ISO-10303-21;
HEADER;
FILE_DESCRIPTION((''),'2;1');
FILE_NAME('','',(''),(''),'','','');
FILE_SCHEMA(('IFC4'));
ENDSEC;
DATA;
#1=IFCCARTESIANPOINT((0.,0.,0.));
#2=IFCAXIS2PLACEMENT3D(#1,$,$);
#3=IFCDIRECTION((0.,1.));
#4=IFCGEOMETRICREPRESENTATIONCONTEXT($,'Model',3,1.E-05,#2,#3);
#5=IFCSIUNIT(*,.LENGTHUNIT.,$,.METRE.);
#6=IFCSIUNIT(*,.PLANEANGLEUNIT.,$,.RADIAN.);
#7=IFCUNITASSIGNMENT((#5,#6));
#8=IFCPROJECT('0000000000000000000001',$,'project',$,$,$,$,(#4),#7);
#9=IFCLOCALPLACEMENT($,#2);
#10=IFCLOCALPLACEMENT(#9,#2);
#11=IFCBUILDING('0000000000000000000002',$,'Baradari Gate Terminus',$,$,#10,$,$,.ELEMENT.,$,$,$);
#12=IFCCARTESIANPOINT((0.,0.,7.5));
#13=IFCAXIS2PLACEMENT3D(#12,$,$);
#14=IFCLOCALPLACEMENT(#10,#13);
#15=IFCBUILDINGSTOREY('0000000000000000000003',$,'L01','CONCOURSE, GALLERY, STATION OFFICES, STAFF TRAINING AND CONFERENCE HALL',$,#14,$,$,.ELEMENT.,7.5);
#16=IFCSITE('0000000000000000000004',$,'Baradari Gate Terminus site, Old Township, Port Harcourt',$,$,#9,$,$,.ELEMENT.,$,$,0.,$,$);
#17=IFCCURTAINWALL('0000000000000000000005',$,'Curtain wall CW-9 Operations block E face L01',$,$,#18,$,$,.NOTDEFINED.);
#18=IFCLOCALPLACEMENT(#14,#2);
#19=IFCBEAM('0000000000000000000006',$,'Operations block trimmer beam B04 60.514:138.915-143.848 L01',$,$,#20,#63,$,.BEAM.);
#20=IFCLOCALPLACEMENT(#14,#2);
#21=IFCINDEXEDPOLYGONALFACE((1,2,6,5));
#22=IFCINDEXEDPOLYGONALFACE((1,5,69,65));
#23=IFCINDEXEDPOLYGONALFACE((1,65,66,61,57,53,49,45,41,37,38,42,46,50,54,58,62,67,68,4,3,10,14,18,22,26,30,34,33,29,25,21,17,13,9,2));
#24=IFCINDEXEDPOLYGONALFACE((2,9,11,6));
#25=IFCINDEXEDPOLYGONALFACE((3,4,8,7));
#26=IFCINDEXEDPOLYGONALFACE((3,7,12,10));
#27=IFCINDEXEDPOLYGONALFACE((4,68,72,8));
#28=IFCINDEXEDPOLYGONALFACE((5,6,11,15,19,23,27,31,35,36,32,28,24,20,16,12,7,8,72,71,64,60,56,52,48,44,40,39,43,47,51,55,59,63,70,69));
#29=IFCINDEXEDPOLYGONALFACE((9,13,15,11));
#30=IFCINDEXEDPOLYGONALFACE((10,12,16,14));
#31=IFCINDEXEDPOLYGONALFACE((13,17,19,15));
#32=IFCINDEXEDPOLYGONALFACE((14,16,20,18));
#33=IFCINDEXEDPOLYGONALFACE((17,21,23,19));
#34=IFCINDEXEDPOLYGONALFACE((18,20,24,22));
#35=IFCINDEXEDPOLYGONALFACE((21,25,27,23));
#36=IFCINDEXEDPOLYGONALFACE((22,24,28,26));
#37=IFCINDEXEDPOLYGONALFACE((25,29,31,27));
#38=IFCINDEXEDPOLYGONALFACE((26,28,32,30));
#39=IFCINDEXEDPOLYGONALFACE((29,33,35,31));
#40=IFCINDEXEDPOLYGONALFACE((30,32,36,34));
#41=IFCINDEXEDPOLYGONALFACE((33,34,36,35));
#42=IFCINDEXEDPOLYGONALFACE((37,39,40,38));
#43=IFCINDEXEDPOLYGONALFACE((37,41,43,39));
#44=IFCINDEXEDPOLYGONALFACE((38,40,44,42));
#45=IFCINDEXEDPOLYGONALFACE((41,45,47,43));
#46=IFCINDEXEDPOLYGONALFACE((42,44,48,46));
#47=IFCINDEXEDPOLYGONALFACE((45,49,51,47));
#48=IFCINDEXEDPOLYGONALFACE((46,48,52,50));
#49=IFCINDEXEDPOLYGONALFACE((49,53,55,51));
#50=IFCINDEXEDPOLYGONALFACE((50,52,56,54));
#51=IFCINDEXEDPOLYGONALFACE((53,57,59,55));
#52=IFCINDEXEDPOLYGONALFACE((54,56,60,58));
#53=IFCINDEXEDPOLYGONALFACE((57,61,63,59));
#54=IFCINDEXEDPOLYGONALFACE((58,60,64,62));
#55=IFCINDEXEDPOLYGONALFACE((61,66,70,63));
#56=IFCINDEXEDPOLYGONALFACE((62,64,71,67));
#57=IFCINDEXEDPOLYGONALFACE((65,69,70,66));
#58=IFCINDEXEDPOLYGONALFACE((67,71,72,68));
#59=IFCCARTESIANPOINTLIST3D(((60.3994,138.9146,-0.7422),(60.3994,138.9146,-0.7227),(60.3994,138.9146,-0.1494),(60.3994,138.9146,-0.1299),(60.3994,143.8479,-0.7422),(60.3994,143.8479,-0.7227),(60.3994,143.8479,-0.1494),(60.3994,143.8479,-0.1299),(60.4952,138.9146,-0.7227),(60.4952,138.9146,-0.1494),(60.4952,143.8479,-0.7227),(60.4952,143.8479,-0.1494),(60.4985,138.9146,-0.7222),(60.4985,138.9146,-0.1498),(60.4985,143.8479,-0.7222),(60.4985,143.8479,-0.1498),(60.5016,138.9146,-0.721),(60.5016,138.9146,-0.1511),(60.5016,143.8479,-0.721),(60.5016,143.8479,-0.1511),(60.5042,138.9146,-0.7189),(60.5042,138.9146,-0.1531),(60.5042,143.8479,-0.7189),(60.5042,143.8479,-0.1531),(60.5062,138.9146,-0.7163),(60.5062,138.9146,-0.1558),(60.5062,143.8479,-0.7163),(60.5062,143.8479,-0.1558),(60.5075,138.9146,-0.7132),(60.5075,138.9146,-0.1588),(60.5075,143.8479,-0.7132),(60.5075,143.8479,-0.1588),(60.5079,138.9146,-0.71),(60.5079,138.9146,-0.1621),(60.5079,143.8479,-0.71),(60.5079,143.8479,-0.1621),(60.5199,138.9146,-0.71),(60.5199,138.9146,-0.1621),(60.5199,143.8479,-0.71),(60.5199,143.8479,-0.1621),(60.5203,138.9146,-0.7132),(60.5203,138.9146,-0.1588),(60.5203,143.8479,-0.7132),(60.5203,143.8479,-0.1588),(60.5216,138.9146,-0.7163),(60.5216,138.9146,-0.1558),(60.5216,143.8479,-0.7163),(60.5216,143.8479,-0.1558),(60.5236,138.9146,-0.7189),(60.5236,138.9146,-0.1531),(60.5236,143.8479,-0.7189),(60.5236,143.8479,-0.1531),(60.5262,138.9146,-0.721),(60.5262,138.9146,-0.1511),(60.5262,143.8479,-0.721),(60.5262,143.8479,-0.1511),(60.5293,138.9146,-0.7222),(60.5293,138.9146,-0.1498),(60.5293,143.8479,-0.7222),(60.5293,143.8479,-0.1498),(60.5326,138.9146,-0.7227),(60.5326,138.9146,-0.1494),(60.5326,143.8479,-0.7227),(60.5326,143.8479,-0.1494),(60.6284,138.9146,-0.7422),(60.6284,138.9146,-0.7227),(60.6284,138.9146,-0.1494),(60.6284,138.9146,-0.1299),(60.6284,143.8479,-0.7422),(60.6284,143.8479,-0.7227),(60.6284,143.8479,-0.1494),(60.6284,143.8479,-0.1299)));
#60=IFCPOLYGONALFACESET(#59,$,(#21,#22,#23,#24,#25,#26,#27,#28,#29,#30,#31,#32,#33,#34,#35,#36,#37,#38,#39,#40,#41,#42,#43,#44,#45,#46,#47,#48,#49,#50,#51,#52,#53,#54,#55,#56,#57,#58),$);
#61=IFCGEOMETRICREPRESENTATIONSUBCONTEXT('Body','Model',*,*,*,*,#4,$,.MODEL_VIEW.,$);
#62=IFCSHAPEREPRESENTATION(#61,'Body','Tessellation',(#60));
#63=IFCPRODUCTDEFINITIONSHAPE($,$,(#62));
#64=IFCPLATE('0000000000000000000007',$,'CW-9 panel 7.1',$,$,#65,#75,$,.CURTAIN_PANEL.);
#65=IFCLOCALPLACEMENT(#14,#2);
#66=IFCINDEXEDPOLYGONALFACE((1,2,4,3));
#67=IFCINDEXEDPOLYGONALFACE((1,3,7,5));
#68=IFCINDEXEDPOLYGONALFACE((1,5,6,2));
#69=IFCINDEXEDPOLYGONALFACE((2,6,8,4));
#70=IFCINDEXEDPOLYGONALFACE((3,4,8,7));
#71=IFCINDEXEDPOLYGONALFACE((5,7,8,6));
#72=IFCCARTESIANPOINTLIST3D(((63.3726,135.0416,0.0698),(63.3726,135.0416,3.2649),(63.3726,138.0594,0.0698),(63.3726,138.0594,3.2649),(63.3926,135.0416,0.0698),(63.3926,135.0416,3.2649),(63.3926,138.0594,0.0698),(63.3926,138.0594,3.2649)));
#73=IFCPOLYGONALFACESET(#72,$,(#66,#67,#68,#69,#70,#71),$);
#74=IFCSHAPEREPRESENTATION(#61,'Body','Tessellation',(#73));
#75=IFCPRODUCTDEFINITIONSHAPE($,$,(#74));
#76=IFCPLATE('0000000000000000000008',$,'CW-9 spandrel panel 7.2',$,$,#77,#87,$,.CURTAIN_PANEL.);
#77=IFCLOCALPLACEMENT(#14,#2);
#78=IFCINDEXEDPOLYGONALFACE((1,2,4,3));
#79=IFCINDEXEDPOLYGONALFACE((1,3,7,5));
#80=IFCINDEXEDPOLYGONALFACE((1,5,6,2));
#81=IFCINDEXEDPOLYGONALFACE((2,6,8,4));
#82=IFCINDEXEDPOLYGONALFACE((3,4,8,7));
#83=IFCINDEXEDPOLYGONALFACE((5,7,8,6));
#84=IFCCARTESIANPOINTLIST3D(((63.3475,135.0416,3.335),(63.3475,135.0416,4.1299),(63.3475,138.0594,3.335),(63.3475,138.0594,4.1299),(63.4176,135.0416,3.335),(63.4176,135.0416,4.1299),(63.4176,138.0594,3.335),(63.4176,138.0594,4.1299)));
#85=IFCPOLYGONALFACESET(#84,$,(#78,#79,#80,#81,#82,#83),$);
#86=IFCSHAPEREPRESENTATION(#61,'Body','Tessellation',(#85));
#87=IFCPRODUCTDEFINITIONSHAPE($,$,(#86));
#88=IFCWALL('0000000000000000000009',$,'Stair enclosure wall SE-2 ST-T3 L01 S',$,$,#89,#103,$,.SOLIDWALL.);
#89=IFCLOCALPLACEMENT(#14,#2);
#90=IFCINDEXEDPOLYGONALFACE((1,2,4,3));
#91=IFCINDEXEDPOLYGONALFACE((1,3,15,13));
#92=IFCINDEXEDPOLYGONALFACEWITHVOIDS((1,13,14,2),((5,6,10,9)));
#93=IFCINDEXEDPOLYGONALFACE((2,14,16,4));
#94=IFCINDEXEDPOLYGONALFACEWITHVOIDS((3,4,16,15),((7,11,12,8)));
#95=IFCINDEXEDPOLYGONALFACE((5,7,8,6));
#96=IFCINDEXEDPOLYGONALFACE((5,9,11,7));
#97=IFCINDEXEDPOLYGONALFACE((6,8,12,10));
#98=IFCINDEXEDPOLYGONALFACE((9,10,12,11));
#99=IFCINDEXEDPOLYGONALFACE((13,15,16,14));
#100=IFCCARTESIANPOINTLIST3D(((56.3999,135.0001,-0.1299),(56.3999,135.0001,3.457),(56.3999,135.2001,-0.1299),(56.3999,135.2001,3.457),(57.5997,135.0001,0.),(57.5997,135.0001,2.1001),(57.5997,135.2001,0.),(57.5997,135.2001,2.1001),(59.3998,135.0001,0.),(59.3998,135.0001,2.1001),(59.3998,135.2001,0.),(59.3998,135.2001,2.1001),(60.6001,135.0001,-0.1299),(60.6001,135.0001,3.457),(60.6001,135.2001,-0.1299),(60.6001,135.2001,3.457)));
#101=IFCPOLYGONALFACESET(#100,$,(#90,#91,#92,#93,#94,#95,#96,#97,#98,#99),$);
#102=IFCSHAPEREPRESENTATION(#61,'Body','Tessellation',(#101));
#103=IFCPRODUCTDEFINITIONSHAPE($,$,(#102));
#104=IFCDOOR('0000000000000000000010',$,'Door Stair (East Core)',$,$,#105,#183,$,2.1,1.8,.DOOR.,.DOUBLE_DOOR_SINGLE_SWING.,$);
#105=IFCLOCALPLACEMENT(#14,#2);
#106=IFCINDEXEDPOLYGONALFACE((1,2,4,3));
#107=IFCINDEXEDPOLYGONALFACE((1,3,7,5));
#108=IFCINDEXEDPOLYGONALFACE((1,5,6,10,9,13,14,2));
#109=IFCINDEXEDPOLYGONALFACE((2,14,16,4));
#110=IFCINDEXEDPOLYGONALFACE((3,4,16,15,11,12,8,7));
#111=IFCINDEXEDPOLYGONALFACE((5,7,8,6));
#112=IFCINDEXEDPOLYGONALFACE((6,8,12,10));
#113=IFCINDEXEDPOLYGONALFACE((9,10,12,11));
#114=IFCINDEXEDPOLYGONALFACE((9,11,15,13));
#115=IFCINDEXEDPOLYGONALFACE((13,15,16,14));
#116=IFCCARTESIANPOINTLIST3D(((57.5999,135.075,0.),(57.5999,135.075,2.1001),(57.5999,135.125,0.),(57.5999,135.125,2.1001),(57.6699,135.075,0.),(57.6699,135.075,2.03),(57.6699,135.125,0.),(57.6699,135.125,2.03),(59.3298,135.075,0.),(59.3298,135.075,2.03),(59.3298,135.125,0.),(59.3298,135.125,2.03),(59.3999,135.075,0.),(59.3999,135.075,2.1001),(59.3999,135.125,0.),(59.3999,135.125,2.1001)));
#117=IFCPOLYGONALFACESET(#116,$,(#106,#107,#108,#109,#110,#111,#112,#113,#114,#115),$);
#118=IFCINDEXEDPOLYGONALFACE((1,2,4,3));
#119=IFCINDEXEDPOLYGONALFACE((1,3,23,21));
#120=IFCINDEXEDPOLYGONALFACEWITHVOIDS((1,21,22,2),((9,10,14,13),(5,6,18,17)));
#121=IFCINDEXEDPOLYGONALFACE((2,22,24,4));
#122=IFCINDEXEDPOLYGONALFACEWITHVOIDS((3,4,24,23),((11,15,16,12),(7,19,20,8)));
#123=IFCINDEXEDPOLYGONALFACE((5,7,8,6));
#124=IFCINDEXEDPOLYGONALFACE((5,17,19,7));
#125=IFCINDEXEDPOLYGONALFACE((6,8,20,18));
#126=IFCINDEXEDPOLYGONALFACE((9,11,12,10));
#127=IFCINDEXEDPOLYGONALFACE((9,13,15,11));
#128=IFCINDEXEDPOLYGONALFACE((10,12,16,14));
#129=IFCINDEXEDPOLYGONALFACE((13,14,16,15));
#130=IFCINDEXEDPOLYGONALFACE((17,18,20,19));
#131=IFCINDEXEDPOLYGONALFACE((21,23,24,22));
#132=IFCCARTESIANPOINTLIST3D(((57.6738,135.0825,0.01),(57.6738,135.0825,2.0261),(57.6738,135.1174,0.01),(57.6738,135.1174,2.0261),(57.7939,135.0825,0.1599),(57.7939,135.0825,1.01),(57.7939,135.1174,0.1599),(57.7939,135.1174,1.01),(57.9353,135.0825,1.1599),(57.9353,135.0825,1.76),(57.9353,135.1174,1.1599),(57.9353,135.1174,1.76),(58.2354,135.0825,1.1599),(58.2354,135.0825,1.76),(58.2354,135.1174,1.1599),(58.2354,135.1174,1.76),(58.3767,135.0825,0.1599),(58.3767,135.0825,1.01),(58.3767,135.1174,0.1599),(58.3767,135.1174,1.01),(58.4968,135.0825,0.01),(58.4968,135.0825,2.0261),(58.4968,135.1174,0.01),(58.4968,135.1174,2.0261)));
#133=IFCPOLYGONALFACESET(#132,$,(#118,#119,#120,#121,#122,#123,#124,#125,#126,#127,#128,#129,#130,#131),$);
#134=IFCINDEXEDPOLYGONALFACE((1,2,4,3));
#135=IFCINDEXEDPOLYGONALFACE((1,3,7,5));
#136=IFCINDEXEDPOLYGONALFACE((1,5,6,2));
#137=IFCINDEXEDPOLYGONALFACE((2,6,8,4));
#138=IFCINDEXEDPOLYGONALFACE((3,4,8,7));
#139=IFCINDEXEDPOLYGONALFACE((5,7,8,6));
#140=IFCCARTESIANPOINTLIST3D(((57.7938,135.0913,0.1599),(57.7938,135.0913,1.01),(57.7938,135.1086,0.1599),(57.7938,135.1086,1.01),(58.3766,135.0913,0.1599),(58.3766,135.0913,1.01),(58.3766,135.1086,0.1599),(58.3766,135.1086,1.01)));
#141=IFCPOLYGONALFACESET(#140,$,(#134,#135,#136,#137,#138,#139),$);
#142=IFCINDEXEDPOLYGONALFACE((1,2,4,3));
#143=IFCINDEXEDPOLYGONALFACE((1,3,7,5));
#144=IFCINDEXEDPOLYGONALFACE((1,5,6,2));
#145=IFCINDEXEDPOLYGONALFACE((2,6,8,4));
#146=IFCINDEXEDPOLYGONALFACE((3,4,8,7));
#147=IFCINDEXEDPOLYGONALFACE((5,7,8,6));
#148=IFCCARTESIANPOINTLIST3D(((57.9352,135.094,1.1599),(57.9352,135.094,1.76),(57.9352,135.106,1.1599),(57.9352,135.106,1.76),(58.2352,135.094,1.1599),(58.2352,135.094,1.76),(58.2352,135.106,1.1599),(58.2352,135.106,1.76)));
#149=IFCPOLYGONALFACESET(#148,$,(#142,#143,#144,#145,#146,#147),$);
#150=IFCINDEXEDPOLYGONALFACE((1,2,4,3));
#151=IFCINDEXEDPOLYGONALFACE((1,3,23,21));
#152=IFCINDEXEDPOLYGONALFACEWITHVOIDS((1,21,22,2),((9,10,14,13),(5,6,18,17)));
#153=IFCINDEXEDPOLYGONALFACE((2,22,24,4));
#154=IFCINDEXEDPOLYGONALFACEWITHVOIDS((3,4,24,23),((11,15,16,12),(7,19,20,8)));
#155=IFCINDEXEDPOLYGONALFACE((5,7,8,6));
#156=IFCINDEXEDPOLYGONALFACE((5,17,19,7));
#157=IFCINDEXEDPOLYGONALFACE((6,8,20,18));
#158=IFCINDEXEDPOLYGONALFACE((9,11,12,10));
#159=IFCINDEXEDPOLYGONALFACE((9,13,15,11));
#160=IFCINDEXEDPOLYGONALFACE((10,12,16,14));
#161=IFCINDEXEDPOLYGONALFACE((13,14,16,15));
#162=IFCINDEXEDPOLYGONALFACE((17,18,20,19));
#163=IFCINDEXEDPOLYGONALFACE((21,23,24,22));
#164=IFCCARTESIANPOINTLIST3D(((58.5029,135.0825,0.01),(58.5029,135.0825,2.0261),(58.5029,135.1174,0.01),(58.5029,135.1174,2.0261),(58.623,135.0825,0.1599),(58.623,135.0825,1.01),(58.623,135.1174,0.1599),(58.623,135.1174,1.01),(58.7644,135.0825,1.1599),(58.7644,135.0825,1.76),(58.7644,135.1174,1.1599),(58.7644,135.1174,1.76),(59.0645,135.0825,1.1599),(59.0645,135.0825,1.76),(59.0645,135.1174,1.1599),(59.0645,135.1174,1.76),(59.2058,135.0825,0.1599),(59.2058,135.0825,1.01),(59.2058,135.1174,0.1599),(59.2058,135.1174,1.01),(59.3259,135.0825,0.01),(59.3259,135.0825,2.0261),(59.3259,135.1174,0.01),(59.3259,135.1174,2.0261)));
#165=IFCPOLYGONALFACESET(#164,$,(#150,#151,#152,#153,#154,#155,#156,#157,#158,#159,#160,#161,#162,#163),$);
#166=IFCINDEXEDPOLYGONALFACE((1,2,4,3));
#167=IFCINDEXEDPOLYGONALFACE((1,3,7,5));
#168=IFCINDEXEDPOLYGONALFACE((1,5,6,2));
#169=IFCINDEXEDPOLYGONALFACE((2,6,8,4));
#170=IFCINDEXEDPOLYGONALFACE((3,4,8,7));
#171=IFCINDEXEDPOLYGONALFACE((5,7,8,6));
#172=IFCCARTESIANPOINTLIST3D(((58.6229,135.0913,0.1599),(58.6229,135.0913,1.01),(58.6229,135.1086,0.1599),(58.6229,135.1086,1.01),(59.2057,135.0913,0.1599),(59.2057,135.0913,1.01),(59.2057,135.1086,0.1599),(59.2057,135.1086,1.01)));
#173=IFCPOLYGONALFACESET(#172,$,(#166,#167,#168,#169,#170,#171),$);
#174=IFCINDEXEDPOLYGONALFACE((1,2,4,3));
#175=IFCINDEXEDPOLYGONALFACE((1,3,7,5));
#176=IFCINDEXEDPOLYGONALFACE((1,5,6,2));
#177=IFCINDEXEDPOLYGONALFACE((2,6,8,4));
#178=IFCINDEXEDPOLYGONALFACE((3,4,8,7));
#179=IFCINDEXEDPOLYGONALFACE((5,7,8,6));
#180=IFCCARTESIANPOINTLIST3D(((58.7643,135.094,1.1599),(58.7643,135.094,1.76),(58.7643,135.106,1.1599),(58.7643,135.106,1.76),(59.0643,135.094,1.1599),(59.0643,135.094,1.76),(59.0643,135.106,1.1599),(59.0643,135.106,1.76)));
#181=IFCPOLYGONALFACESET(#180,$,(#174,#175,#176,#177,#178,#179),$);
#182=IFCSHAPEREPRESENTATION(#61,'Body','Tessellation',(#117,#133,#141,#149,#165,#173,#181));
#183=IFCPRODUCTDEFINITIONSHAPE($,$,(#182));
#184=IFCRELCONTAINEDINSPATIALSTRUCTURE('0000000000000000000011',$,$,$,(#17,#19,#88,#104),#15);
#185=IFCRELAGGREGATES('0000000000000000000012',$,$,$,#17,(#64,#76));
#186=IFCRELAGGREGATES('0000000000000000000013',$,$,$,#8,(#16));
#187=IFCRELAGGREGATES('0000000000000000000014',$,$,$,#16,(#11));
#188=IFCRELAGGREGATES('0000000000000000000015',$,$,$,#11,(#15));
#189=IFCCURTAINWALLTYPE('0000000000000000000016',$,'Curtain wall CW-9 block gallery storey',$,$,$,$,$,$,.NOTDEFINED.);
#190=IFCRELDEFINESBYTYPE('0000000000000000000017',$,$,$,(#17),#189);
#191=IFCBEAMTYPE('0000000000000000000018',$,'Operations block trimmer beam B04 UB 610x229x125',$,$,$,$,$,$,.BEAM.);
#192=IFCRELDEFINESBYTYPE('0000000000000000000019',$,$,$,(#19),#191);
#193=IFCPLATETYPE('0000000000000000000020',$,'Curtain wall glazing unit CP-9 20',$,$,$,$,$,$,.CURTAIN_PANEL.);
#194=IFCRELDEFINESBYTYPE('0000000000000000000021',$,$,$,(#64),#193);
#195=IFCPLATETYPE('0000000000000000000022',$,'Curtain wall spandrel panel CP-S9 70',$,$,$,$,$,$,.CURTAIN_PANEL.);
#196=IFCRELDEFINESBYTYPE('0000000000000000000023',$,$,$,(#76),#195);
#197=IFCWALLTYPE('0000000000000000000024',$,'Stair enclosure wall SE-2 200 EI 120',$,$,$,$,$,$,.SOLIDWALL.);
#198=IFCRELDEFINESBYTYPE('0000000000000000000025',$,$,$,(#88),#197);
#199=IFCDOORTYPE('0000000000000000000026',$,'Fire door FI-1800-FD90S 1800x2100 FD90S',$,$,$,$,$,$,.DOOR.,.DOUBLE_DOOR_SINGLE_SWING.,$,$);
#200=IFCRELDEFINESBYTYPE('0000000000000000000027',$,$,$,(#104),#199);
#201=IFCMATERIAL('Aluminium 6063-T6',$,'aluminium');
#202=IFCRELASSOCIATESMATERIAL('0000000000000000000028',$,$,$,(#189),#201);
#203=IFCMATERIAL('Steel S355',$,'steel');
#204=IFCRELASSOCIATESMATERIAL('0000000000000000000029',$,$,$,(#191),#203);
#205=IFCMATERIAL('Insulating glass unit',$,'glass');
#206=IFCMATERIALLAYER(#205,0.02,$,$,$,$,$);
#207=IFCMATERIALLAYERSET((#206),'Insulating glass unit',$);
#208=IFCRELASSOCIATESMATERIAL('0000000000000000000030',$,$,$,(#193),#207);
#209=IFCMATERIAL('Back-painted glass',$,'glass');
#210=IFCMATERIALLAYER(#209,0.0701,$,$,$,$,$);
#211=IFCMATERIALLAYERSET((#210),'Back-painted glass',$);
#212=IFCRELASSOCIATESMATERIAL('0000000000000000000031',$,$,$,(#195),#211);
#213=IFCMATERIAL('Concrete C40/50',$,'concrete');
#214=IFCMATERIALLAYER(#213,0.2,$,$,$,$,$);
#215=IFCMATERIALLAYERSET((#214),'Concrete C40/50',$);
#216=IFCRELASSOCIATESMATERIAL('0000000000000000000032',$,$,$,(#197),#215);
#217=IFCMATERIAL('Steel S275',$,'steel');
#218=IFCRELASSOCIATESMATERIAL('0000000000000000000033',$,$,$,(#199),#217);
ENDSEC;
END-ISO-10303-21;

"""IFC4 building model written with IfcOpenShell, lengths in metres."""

from ifc_helpers import new_model, si_unit, direction, frame, frame_2d, origin, origin_2d, place, context, subcontext, project, spatial, polyline, rectangle, i_section, outline, extrude, material, layer, layer_set, material_profile, profile_set, type_object, element, fill, aggregate, save


model = new_model("IFC4")

# Units and contexts
model_context = context("Model", 3, precision=1e-05, world=origin(), true_north=direction((0.0, 1.0)))
body_context = subcontext(model_context, "Body", "Model", "MODEL_VIEW")
ifc_project = project(units=[si_unit("LENGTHUNIT", "METRE"), si_unit("PLANEANGLEUNIT", "RADIAN")], contexts=[model_context])

# Site, building, storey
site_placement = place(None, origin())
site = spatial("IfcSite", under=ifc_project, at=site_placement, Name="Baradari Gate Terminus site, Old Township, Port Harcourt", CompositionType="ELEMENT", RefElevation=0.0)
building_placement = place(site_placement, origin())
building = spatial("IfcBuilding", under=site, at=building_placement, Name="Baradari Gate Terminus", CompositionType="ELEMENT")
storey_placement = place(building_placement, frame((0.0, 0.0, 7.5)))
storey = spatial("IfcBuildingStorey", under=building, at=storey_placement, Name="L01", Description="CONCOURSE, GALLERY, STATION OFFICES, STAFF TRAINING AND CONFERENCE HALL", CompositionType="ELEMENT", Elevation=7.5)

# Curtain wall
ifc_material_1 = material(Name="Aluminium 6063-T6", Category="aluminium")
curtain_wall_type = type_object("IfcCurtainWallType", Name="Curtain wall CW-9 block gallery storey", PredefinedType="NOTDEFINED", material=ifc_material_1)
curtain_wall_placement = place(storey_placement, origin())
curtain_wall = element("IfcCurtainWall", 1, at=curtain_wall_placement, inside=storey, type_object=curtain_wall_type, Name="Curtain wall CW-9 Operations block E face L01", PredefinedType="NOTDEFINED")

# Beam
ifc_material_2 = material(Name="Steel S355", Category="steel")
ifc_material_profile_1 = material_profile(ifc_material_2, i_section(OverallWidth=0.229, OverallDepth=0.6123, WebThickness=0.012, FlangeThickness=0.0195, FilletRadius=0.0127, at=origin_2d()), Name="UB 610x229x125")
ifc_profile_set_1 = profile_set([ifc_material_profile_1], Name="Steel S355")
beam_type_1 = type_object("IfcBeamType", Name="Operations block trimmer beam B04 UB 610x229x125", PredefinedType="BEAM", material=ifc_profile_set_1)
beam_1_placement = place(storey_placement, frame((60.5139, 138.9146, -0.436), z_axis=(0.0, 1.0, 0.0), x_axis=(-1.0, 0.0, 0.0)))
element("IfcBeam", 2, at=beam_1_placement, inside=storey, type_object=beam_type_1, Name="Operations block trimmer beam B04 60.514:138.915-143.848 L01", PredefinedType="BEAM", context=body_context, shape_type="SweptSolid", body=[
    extrude(i_section(OverallWidth=0.229, OverallDepth=0.6123, WebThickness=0.012, FlangeThickness=0.0195, FilletRadius=0.0127, at=origin_2d()), origin(), (0.0, 0.0, 1.0), 4.9333),
])

# Plates
ifc_material_3 = material(Name="Insulating glass unit", Category="glass")
ifc_layer_1 = layer(ifc_material_3, 0.02)
ifc_layer_set_1 = layer_set([ifc_layer_1], Name="Insulating glass unit")
plate_type_1 = type_object("IfcPlateType", Name="Curtain wall glazing unit CP-9 20", PredefinedType="CURTAIN_PANEL", material=ifc_layer_set_1)
plate_1_placement = place(storey_placement, frame((63.3826, 136.5505, 0.0698), z_axis=(0.0, 0.0, 1.0), x_axis=(0.0, 1.0, 0.0)))
plate_1 = element("IfcPlate", 3, at=plate_1_placement, type_object=plate_type_1, Name="CW-9 panel 7.1", PredefinedType="CURTAIN_PANEL", context=body_context, shape_type="SweptSolid", body=[
    extrude(rectangle(XDim=3.0178, YDim=0.02, at=origin_2d()), origin(), (0.0, 0.0, 1.0), 3.1951),
])
ifc_material_4 = material(Name="Back-painted glass", Category="glass")
ifc_layer_2 = layer(ifc_material_4, 0.0701)
ifc_layer_set_2 = layer_set([ifc_layer_2], Name="Back-painted glass")
plate_type_2 = type_object("IfcPlateType", Name="Curtain wall spandrel panel CP-S9 70", PredefinedType="CURTAIN_PANEL", material=ifc_layer_set_2)
plate_2_placement = place(storey_placement, frame((63.3826, 136.5505, 3.335), z_axis=(0.0, 0.0, 1.0), x_axis=(0.0, 1.0, 0.0)))
plate_2 = element("IfcPlate", 4, at=plate_2_placement, type_object=plate_type_2, Name="CW-9 spandrel panel 7.2", PredefinedType="CURTAIN_PANEL", context=body_context, shape_type="SweptSolid", body=[
    extrude(rectangle(XDim=3.0178, YDim=0.0701, at=origin_2d()), origin(), (0.0, 0.0, 1.0), 0.7949),
])
aggregate(curtain_wall, [plate_1, plate_2])

# Wall, opening, door
ifc_material_5 = material(Name="Concrete C40/50", Category="concrete")
ifc_layer_3 = layer(ifc_material_5, 0.2)
ifc_layer_set_3 = layer_set([ifc_layer_3], Name="Concrete C40/50")
wall_type = type_object("IfcWallType", Name="Stair enclosure wall SE-2 200 EI 120", PredefinedType="SOLIDWALL", material=ifc_layer_set_3)
wall_1_placement = place(storey_placement, frame((56.3999, 135.1001, -0.1299), z_axis=(0.0, 0.0, 1.0), x_axis=(1.0, 0.0, 0.0)))
wall_1 = element("IfcWall", 5, at=wall_1_placement, inside=storey, type_object=wall_type, Name="Stair enclosure wall SE-2 ST-T3 L01 S", PredefinedType="SOLIDWALL", context=body_context, shape_type="SweptSolid", body=[
    extrude(rectangle(XDim=4.2002, YDim=0.2, at=frame_2d((2.1001, 0.0))), origin(), (0.0, 0.0, 1.0), 3.5869),
])
opening_1_placement = place(wall_1_placement, frame((1.2, 0.0, 0.1299)))
opening_1 = element("IfcOpeningElement", 6, at=opening_1_placement, cuts=wall_1, PredefinedType="OPENING", context=body_context, shape_type="SweptSolid", body=[
    extrude(rectangle(XDim=1.8, YDim=2.1001, at=frame_2d((0.8999, 1.05))), frame((0.0, 0.1099, 0.0), z_axis=(0.0, -1.0, 0.0), x_axis=(1.0, 0.0, 0.0)), (0.0, 0.0, 1.0), 0.22),
])
ifc_material_6 = material(Name="Steel S275", Category="steel")
door_type = type_object("IfcDoorType", Name="Fire door FI-1800-FD90S 1800x2100 FD90S", OperationType="DOUBLE_DOOR_SINGLE_SWING", PredefinedType="DOOR", material=ifc_material_6)
door_1_placement = place(opening_1_placement, origin())
door_1 = element("IfcDoor", 7, at=door_1_placement, inside=storey, type_object=door_type, Name="Door Stair (East Core)", OperationType="DOUBLE_DOOR_SINGLE_SWING", OverallHeight=2.1, OverallWidth=1.8, PredefinedType="DOOR", context=body_context, shape_type="SweptSolid", body=[
    extrude(outline(polyline([(0.0, 0.0), (0.0701, 0.0), (0.0701, 2.03), (1.73, 2.03), (1.73, 0.0), (1.8, 0.0), (1.8, 2.1001), (0.0, 2.1001), (0.0, 0.0)])), frame((0.0, 0.0249, 0.0), z_axis=(0.0, -1.0, 0.0), x_axis=(1.0, 0.0, 0.0)), (0.0, 0.0, 1.0), 0.05),
    extrude(outline(polyline([(0.074, 0.01), (0.897, 0.01), (0.897, 2.0261), (0.074, 2.0261), (0.074, 0.01)]), holes=[polyline([(0.1941, 0.1599), (0.7769, 0.1599), (0.7769, 1.01), (0.1941, 1.01), (0.1941, 0.1599)]), polyline([(0.3354, 1.1599), (0.6355, 1.1599), (0.6355, 1.76), (0.3354, 1.76), (0.3354, 1.1599)])]), frame((0.0, 0.0173, 0.0), z_axis=(0.0, -1.0, 0.0), x_axis=(1.0, 0.0, 0.0)), (0.0, 0.0, 1.0), 0.0349),
    extrude(rectangle(XDim=0.5828, YDim=0.8501, at=frame_2d((0.4854, 0.585))), frame((0.0, 0.0085, 0.0), z_axis=(0.0, -1.0, 0.0), x_axis=(1.0, 0.0, 0.0)), (0.0, 0.0, 1.0), 0.0173),
    extrude(rectangle(XDim=0.3, YDim=0.6001, at=frame_2d((0.4854, 1.46))), frame((0.0, 0.0059, 0.0), z_axis=(0.0, -1.0, 0.0), x_axis=(1.0, 0.0, 0.0)), (0.0, 0.0, 1.0), 0.012),
    extrude(outline(polyline([(0.9031, 0.01), (1.7261, 0.01), (1.7261, 2.0261), (0.9031, 2.0261), (0.9031, 0.01)]), holes=[polyline([(1.0232, 0.1599), (1.606, 0.1599), (1.606, 1.01), (1.0232, 1.01), (1.0232, 0.1599)]), polyline([(1.1646, 1.1599), (1.4646, 1.1599), (1.4646, 1.76), (1.1646, 1.76), (1.1646, 1.1599)])]), frame((0.0, 0.0173, 0.0), z_axis=(0.0, -1.0, 0.0), x_axis=(1.0, 0.0, 0.0)), (0.0, 0.0, 1.0), 0.0349),
    extrude(rectangle(XDim=0.5828, YDim=0.8501, at=frame_2d((1.3145, 0.585))), frame((0.0, 0.0085, 0.0), z_axis=(0.0, -1.0, 0.0), x_axis=(1.0, 0.0, 0.0)), (0.0, 0.0, 1.0), 0.0173),
    extrude(rectangle(XDim=0.3, YDim=0.6001, at=frame_2d((1.3145, 1.46))), frame((0.0, 0.0059, 0.0), z_axis=(0.0, -1.0, 0.0), x_axis=(1.0, 0.0, 0.0)), (0.0, 0.0, 1.0), 0.012),
])
fill(opening_1, door_1)

save(model, "model.ifc")
